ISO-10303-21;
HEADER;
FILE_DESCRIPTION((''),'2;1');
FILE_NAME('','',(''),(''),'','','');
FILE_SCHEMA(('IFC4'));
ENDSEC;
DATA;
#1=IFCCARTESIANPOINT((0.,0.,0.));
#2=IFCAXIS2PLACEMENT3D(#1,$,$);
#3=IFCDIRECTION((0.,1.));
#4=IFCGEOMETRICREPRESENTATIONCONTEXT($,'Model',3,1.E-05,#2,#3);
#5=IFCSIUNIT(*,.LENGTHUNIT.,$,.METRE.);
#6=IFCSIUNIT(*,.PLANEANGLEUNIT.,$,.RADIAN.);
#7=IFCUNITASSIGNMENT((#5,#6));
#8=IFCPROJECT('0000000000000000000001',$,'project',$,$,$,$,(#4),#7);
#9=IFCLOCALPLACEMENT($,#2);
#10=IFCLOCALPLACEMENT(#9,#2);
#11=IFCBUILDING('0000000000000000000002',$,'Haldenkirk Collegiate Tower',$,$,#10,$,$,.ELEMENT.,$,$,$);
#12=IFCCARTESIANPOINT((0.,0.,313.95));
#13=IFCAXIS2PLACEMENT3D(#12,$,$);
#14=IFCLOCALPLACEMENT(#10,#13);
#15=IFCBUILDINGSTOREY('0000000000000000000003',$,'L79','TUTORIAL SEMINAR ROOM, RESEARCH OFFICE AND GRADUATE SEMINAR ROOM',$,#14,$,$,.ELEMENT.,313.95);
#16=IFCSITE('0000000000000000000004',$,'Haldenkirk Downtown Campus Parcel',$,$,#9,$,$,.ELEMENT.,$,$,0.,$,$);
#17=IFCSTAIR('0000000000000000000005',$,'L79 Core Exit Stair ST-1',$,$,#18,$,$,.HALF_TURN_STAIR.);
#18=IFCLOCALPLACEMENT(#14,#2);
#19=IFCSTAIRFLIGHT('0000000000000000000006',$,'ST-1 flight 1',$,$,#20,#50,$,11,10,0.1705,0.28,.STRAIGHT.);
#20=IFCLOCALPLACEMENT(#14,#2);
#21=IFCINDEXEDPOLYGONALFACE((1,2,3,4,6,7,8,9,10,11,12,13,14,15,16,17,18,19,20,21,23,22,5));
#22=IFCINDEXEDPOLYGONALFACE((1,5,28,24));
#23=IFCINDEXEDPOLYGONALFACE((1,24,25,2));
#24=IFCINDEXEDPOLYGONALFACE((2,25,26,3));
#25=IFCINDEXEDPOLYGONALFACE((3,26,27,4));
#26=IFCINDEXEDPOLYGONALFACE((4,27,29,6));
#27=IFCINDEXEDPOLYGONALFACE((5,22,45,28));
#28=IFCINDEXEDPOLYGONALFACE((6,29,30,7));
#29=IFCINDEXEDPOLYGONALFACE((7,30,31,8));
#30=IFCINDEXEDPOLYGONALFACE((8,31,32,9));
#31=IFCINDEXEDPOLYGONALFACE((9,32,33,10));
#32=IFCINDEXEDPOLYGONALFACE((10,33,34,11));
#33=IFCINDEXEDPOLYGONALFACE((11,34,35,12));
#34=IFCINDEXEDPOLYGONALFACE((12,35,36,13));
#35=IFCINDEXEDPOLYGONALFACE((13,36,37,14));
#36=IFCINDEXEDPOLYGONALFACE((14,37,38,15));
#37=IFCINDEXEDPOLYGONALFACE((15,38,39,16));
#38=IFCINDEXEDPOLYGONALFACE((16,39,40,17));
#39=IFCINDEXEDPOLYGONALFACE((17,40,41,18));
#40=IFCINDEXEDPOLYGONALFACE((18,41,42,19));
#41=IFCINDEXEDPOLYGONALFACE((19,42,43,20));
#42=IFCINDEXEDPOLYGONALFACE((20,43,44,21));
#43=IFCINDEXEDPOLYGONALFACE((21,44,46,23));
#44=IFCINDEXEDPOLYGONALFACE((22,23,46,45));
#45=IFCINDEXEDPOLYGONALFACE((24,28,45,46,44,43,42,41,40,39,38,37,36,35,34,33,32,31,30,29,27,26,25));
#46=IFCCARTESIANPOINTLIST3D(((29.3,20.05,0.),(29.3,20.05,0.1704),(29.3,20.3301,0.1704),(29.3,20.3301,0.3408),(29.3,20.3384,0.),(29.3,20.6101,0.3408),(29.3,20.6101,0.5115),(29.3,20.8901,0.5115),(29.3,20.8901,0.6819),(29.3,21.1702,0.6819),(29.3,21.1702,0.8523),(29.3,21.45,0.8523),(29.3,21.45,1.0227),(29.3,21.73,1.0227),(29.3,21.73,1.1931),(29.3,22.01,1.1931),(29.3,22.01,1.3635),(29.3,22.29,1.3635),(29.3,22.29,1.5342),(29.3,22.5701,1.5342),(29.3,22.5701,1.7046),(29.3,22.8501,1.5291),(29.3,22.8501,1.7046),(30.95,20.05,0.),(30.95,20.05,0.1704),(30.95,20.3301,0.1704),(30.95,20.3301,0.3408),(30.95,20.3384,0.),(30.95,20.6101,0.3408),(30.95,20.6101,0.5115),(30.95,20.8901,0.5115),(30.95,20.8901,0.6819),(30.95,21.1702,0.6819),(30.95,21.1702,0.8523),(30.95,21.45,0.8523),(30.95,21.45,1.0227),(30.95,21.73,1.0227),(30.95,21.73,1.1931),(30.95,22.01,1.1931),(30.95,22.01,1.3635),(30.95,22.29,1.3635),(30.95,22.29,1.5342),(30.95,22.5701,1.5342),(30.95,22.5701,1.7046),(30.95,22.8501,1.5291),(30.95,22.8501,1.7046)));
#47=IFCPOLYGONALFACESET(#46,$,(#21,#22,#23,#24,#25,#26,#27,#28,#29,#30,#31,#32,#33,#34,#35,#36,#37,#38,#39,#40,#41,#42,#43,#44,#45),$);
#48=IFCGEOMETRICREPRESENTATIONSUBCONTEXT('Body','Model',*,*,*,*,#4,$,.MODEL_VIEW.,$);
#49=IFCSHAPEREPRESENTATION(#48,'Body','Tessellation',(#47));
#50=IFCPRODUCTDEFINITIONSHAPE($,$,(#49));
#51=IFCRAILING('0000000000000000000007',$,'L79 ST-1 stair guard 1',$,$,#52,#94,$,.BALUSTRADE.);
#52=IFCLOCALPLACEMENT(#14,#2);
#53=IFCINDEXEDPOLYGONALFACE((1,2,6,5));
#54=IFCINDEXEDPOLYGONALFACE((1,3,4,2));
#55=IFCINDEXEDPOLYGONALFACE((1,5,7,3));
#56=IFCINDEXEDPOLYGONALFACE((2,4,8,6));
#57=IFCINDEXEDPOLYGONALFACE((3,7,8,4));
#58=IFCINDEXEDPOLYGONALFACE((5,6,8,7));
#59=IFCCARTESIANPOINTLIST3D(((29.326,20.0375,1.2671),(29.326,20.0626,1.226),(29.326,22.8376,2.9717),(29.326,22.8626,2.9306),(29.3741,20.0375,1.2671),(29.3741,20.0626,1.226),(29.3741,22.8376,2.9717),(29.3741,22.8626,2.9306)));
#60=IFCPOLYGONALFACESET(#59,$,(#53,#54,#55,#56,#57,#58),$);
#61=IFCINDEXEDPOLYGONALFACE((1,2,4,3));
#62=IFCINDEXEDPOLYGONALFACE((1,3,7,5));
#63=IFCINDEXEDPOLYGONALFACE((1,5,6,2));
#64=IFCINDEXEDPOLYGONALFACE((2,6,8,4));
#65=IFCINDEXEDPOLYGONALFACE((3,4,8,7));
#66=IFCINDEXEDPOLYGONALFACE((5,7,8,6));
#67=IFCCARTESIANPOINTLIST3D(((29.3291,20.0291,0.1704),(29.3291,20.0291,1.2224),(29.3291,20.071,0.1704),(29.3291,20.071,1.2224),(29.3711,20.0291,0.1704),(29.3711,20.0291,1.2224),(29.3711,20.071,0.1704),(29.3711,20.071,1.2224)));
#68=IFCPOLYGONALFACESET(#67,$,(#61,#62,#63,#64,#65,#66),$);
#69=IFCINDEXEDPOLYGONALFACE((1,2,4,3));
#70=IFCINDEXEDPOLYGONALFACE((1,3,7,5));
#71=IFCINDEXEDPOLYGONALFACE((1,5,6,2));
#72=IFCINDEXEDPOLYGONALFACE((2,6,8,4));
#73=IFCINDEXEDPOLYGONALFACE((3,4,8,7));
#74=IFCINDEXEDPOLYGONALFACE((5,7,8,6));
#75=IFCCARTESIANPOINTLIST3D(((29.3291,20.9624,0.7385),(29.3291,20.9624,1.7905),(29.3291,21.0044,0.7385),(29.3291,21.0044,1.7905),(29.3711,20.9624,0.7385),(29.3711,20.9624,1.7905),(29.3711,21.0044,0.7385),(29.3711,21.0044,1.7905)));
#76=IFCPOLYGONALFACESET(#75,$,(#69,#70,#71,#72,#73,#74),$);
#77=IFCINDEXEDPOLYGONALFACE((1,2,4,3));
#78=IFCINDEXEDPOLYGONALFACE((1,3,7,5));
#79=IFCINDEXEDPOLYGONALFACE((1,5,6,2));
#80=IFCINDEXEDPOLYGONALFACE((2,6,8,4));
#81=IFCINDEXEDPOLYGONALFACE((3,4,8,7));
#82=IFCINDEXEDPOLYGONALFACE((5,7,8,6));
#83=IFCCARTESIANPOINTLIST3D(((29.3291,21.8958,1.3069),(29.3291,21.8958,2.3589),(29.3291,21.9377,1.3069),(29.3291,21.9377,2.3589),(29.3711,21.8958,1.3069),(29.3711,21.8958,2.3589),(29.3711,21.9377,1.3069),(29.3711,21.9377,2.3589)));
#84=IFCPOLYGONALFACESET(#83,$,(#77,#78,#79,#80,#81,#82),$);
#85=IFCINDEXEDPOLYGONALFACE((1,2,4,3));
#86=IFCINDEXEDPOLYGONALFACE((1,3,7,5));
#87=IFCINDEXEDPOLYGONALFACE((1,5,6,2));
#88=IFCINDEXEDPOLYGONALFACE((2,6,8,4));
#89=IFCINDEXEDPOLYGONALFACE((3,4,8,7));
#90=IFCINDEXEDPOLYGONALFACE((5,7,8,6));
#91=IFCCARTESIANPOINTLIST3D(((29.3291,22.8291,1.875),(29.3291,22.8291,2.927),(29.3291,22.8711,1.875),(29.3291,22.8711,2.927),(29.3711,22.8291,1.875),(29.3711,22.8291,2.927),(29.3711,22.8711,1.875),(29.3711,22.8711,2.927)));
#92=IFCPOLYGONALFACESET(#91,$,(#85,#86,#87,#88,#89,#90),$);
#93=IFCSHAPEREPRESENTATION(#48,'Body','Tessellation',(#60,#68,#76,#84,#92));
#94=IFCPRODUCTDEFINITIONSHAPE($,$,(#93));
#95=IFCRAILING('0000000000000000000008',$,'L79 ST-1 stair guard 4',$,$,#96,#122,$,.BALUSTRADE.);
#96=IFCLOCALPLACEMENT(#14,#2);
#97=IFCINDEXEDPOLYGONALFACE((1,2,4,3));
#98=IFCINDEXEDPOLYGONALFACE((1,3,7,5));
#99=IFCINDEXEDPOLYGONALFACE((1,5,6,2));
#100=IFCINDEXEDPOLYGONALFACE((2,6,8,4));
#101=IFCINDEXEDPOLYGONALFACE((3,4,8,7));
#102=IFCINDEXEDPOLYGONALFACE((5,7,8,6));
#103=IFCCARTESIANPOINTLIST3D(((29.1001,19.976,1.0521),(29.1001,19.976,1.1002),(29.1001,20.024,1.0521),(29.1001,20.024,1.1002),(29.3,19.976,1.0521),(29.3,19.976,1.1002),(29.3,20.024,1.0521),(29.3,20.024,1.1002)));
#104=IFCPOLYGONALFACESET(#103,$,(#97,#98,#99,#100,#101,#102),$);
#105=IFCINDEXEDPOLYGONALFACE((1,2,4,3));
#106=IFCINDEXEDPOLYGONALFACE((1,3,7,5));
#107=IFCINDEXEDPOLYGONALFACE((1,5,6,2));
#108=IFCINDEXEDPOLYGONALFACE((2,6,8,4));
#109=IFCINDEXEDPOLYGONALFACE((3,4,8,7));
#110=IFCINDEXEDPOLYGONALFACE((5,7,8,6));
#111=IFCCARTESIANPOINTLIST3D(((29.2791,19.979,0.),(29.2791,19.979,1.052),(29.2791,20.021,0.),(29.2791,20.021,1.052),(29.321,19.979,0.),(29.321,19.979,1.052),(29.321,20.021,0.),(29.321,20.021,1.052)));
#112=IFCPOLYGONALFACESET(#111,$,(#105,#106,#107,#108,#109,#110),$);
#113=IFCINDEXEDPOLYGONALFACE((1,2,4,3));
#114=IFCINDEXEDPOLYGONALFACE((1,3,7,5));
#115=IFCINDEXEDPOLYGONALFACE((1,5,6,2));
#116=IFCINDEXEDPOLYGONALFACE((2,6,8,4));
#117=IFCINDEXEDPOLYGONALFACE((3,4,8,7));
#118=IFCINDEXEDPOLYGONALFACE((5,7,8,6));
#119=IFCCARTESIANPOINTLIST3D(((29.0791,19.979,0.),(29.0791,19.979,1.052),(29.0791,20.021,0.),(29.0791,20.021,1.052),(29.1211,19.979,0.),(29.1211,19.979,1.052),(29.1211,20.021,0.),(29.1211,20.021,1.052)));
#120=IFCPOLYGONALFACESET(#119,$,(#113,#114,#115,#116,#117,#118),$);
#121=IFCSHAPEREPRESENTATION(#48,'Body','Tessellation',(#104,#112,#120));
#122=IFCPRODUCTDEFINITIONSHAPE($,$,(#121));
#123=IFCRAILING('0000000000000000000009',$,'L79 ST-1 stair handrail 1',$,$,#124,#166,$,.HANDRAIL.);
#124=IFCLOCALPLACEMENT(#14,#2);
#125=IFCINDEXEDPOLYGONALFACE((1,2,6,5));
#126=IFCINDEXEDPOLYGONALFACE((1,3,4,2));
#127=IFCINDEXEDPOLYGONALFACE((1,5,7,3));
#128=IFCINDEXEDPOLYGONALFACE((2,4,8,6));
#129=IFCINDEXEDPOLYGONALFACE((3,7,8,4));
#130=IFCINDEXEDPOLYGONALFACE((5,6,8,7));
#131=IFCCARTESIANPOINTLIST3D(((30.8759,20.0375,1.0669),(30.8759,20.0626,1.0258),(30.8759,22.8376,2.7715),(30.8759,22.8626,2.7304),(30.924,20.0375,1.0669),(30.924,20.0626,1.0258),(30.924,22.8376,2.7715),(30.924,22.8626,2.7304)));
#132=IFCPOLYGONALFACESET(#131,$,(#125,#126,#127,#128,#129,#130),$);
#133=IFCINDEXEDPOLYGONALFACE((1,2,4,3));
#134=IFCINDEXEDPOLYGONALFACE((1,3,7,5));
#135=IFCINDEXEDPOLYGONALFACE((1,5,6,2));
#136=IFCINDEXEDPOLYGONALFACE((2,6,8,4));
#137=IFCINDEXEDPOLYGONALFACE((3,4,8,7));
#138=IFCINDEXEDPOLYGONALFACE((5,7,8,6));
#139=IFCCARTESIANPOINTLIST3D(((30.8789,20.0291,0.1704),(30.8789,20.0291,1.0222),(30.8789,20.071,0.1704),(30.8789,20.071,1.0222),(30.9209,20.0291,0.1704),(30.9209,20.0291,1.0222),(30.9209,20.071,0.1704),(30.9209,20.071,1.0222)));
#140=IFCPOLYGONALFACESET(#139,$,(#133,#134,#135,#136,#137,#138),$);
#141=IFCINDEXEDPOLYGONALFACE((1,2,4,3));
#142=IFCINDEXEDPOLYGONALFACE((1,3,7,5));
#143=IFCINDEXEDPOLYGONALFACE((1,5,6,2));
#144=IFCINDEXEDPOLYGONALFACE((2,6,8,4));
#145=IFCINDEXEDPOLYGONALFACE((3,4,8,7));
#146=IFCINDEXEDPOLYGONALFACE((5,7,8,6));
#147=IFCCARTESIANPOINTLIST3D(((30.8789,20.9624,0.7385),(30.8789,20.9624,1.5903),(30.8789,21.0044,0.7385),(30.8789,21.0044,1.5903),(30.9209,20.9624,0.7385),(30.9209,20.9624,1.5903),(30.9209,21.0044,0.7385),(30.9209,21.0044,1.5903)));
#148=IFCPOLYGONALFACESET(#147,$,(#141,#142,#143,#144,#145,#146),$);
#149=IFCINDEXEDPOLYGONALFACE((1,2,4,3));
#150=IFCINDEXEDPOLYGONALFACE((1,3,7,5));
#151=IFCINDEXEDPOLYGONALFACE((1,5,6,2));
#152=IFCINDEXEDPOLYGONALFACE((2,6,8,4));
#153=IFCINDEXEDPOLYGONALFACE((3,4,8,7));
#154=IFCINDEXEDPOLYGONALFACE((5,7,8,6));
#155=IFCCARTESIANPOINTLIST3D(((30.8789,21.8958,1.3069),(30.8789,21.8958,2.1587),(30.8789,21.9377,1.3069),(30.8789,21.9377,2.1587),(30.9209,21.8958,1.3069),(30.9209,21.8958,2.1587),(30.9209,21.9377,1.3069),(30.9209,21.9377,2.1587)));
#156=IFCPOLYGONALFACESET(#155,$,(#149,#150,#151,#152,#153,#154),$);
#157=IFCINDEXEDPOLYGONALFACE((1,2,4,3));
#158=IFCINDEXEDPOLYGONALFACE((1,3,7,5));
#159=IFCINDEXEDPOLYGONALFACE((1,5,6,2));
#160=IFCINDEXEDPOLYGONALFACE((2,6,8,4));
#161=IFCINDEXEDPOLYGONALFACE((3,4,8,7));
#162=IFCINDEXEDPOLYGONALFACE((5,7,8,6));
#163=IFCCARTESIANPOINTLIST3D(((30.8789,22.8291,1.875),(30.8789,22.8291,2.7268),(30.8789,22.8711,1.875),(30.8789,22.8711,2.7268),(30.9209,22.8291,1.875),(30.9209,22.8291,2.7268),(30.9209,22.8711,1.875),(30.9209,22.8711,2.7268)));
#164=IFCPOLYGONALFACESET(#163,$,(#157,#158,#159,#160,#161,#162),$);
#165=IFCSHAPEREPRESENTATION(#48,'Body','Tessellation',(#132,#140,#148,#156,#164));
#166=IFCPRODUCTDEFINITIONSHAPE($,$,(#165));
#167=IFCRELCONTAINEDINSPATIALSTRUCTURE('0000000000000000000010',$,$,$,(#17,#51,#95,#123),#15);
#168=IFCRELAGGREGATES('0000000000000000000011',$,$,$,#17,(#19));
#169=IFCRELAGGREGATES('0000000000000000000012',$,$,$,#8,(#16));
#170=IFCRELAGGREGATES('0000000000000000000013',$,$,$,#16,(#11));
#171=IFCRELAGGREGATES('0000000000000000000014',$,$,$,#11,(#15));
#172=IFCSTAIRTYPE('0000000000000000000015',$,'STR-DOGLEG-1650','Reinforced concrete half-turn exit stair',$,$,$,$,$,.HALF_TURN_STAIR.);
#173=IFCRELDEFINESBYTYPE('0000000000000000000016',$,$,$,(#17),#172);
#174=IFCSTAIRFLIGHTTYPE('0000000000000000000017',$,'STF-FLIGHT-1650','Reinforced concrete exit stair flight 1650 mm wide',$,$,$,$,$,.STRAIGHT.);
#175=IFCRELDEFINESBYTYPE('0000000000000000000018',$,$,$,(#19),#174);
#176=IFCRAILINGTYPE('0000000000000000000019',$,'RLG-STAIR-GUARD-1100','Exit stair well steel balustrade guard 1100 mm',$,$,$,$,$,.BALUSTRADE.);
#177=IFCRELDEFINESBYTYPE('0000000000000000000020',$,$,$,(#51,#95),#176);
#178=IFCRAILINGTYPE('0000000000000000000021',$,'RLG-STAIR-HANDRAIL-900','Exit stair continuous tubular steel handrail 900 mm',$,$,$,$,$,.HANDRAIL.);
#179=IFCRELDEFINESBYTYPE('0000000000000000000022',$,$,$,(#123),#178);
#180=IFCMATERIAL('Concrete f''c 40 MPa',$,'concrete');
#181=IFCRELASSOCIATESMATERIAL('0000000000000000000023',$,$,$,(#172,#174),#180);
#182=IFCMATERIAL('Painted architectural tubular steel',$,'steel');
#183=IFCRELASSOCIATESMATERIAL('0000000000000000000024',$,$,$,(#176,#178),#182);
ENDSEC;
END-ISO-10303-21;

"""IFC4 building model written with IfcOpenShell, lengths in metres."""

from ifc_helpers import new_model, si_unit, direction, frame, origin, origin_2d, place, context, subcontext, project, spatial, polyline, rectangle, outline, extrude, material, type_object, element, aggregate, save


model = new_model("IFC4")

# Units and contexts
model_context = context("Model", 3, precision=1e-05, world=origin(), true_north=direction((0.0, 1.0)))
body_context = subcontext(model_context, "Body", "Model", "MODEL_VIEW")
ifc_project = project(units=[si_unit("LENGTHUNIT", "METRE"), si_unit("PLANEANGLEUNIT", "RADIAN")], contexts=[model_context])

# Site, building, storey
site_placement = place(None, origin())
site = spatial("IfcSite", under=ifc_project, at=site_placement, Name="Haldenkirk Downtown Campus Parcel", CompositionType="ELEMENT", RefElevation=0.0)
building_placement = place(site_placement, origin())
building = spatial("IfcBuilding", under=site, at=building_placement, Name="Haldenkirk Collegiate Tower", CompositionType="ELEMENT")
storey_placement = place(building_placement, frame((0.0, 0.0, 313.95)))
storey = spatial("IfcBuildingStorey", under=building, at=storey_placement, Name="L79", Description="TUTORIAL SEMINAR ROOM, RESEARCH OFFICE AND GRADUATE SEMINAR ROOM", CompositionType="ELEMENT", Elevation=313.95)

# Stair, stair flight
ifc_material_1 = material(Name="Concrete f'c 40 MPa", Category="concrete")
stair_type = type_object("IfcStairType", Name="STR-DOGLEG-1650", Description="Reinforced concrete half-turn exit stair", PredefinedType="HALF_TURN_STAIR", material=ifc_material_1)
stair_placement = place(storey_placement, origin())
stair = element("IfcStair", 1, at=stair_placement, inside=storey, type_object=stair_type, Name="L79 Core Exit Stair ST-1", PredefinedType="HALF_TURN_STAIR")
stair_flight_type = type_object("IfcStairFlightType", Name="STF-FLIGHT-1650", Description="Reinforced concrete exit stair flight 1650 mm wide", PredefinedType="STRAIGHT", material=ifc_material_1)
stair_flight_placement = place(storey_placement, frame((30.125, 20.05, 0.0), z_axis=(0.0, 0.0, 1.0), x_axis=(0.0, 1.0, 0.0)))
stair_flight = element("IfcStairFlight", 2, at=stair_flight_placement, type_object=stair_flight_type, Name="ST-1 flight 1", NumberOfRisers=11, NumberOfTreads=10, PredefinedType="STRAIGHT", RiserHeight=0.1705, TreadLength=0.28, context=body_context, shape_type="SweptSolid", body=[
    extrude(outline(polyline([(0.0, 0.0), (0.0, 0.1704), (0.28, 0.1704), (0.28, 0.3408), (0.5601, 0.3408), (0.5601, 0.5115), (0.8401, 0.5115), (0.8401, 0.6819), (1.1201, 0.6819), (1.1201, 0.8523), (1.3999, 0.8523), (1.3999, 1.0227), (1.6799, 1.0227), (1.6799, 1.1931), (1.96, 1.1931), (1.96, 1.3635), (2.24, 1.3635), (2.24, 1.5342), (2.52, 1.5342), (2.52, 1.7046), (2.8, 1.7046), (2.8, 1.875), (2.8, 1.5291), (0.2883, 0.0), (0.0, 0.0)])), frame((0.0, 0.825, 0.0), z_axis=(0.0, -1.0, 0.0), x_axis=(1.0, 0.0, 0.0)), (0.0, 0.0, 1.0), 1.6499),
])
aggregate(stair, [stair_flight])

# Railings
ifc_material_2 = material(Name="Painted architectural tubular steel", Category="steel")
railing_type_1 = type_object("IfcRailingType", Name="RLG-STAIR-GUARD-1100", Description="Exit stair well steel balustrade guard 1100 mm", PredefinedType="BALUSTRADE", material=ifc_material_2)
railing_1_placement = place(storey_placement, frame((29.3501, 20.05, 0.1704)))
element("IfcRailing", 3, at=railing_1_placement, inside=storey, type_object=railing_type_1, Name="L79 ST-1 stair guard 1", PredefinedType="BALUSTRADE", context=body_context, shape_type="SweptSolid", body=[
    extrude(rectangle(XDim=0.0481, YDim=0.0481, at=origin_2d()), frame((0.0, 0.0, 1.0762), z_axis=(0.0, 0.85417, 0.519994), x_axis=(-1.0, 0.0, 0.0)), (0.0, 0.0, 1.0), 3.2781),
    extrude(rectangle(XDim=0.042, YDim=0.042, at=origin_2d()), origin(), (0.0, 0.0, 1.0), 1.052),
    extrude(rectangle(XDim=0.042, YDim=0.042, at=origin_2d()), frame((0.0, 0.9333, 0.5681)), (0.0, 0.0, 1.0), 1.052),
    extrude(rectangle(XDim=0.042, YDim=0.042, at=origin_2d()), frame((0.0, 1.8667, 1.1365)), (0.0, 0.0, 1.0), 1.052),
    extrude(rectangle(XDim=0.042, YDim=0.042, at=origin_2d()), frame((0.0, 2.8, 1.7046)), (0.0, 0.0, 1.0), 1.052),
])
railing_2_placement = place(storey_placement, frame((29.3, 20.0, 0.0)))
element("IfcRailing", 4, at=railing_2_placement, inside=storey, type_object=railing_type_1, Name="L79 ST-1 stair guard 4", PredefinedType="BALUSTRADE", context=body_context, shape_type="SweptSolid", body=[
    extrude(rectangle(XDim=0.0481, YDim=0.0481, at=origin_2d()), frame((0.0, 0.0, 1.0762), z_axis=(-1.0, 0.0, 0.0), x_axis=(0.0, -1.0, 0.0)), (0.0, 0.0, 1.0), 0.2),
    extrude(rectangle(XDim=0.042, YDim=0.042, at=origin_2d()), origin(), (0.0, 0.0, 1.0), 1.052),
    extrude(rectangle(XDim=0.042, YDim=0.042, at=origin_2d()), frame((-0.2, 0.0, 0.0)), (0.0, 0.0, 1.0), 1.052),
])
railing_type_2 = type_object("IfcRailingType", Name="RLG-STAIR-HANDRAIL-900", Description="Exit stair continuous tubular steel handrail 900 mm", PredefinedType="HANDRAIL", material=ifc_material_2)
railing_3_placement = place(storey_placement, frame((30.8999, 20.05, 0.1704)))
element("IfcRailing", 5, at=railing_3_placement, inside=storey, type_object=railing_type_2, Name="L79 ST-1 stair handrail 1", PredefinedType="HANDRAIL", context=body_context, shape_type="SweptSolid", body=[
    extrude(rectangle(XDim=0.0481, YDim=0.0481, at=origin_2d()), frame((0.0, 0.0, 0.876), z_axis=(0.0, 0.85417, 0.519994), x_axis=(-1.0, 0.0, 0.0)), (0.0, 0.0, 1.0), 3.2781),
    extrude(rectangle(XDim=0.042, YDim=0.042, at=origin_2d()), origin(), (0.0, 0.0, 1.0), 0.8518),
    extrude(rectangle(XDim=0.042, YDim=0.042, at=origin_2d()), frame((0.0, 0.9333, 0.5681)), (0.0, 0.0, 1.0), 0.8518),
    extrude(rectangle(XDim=0.042, YDim=0.042, at=origin_2d()), frame((0.0, 1.8667, 1.1365)), (0.0, 0.0, 1.0), 0.8518),
    extrude(rectangle(XDim=0.042, YDim=0.042, at=origin_2d()), frame((0.0, 2.8, 1.7046)), (0.0, 0.0, 1.0), 0.8518),
])

save(model, "model.ifc")
